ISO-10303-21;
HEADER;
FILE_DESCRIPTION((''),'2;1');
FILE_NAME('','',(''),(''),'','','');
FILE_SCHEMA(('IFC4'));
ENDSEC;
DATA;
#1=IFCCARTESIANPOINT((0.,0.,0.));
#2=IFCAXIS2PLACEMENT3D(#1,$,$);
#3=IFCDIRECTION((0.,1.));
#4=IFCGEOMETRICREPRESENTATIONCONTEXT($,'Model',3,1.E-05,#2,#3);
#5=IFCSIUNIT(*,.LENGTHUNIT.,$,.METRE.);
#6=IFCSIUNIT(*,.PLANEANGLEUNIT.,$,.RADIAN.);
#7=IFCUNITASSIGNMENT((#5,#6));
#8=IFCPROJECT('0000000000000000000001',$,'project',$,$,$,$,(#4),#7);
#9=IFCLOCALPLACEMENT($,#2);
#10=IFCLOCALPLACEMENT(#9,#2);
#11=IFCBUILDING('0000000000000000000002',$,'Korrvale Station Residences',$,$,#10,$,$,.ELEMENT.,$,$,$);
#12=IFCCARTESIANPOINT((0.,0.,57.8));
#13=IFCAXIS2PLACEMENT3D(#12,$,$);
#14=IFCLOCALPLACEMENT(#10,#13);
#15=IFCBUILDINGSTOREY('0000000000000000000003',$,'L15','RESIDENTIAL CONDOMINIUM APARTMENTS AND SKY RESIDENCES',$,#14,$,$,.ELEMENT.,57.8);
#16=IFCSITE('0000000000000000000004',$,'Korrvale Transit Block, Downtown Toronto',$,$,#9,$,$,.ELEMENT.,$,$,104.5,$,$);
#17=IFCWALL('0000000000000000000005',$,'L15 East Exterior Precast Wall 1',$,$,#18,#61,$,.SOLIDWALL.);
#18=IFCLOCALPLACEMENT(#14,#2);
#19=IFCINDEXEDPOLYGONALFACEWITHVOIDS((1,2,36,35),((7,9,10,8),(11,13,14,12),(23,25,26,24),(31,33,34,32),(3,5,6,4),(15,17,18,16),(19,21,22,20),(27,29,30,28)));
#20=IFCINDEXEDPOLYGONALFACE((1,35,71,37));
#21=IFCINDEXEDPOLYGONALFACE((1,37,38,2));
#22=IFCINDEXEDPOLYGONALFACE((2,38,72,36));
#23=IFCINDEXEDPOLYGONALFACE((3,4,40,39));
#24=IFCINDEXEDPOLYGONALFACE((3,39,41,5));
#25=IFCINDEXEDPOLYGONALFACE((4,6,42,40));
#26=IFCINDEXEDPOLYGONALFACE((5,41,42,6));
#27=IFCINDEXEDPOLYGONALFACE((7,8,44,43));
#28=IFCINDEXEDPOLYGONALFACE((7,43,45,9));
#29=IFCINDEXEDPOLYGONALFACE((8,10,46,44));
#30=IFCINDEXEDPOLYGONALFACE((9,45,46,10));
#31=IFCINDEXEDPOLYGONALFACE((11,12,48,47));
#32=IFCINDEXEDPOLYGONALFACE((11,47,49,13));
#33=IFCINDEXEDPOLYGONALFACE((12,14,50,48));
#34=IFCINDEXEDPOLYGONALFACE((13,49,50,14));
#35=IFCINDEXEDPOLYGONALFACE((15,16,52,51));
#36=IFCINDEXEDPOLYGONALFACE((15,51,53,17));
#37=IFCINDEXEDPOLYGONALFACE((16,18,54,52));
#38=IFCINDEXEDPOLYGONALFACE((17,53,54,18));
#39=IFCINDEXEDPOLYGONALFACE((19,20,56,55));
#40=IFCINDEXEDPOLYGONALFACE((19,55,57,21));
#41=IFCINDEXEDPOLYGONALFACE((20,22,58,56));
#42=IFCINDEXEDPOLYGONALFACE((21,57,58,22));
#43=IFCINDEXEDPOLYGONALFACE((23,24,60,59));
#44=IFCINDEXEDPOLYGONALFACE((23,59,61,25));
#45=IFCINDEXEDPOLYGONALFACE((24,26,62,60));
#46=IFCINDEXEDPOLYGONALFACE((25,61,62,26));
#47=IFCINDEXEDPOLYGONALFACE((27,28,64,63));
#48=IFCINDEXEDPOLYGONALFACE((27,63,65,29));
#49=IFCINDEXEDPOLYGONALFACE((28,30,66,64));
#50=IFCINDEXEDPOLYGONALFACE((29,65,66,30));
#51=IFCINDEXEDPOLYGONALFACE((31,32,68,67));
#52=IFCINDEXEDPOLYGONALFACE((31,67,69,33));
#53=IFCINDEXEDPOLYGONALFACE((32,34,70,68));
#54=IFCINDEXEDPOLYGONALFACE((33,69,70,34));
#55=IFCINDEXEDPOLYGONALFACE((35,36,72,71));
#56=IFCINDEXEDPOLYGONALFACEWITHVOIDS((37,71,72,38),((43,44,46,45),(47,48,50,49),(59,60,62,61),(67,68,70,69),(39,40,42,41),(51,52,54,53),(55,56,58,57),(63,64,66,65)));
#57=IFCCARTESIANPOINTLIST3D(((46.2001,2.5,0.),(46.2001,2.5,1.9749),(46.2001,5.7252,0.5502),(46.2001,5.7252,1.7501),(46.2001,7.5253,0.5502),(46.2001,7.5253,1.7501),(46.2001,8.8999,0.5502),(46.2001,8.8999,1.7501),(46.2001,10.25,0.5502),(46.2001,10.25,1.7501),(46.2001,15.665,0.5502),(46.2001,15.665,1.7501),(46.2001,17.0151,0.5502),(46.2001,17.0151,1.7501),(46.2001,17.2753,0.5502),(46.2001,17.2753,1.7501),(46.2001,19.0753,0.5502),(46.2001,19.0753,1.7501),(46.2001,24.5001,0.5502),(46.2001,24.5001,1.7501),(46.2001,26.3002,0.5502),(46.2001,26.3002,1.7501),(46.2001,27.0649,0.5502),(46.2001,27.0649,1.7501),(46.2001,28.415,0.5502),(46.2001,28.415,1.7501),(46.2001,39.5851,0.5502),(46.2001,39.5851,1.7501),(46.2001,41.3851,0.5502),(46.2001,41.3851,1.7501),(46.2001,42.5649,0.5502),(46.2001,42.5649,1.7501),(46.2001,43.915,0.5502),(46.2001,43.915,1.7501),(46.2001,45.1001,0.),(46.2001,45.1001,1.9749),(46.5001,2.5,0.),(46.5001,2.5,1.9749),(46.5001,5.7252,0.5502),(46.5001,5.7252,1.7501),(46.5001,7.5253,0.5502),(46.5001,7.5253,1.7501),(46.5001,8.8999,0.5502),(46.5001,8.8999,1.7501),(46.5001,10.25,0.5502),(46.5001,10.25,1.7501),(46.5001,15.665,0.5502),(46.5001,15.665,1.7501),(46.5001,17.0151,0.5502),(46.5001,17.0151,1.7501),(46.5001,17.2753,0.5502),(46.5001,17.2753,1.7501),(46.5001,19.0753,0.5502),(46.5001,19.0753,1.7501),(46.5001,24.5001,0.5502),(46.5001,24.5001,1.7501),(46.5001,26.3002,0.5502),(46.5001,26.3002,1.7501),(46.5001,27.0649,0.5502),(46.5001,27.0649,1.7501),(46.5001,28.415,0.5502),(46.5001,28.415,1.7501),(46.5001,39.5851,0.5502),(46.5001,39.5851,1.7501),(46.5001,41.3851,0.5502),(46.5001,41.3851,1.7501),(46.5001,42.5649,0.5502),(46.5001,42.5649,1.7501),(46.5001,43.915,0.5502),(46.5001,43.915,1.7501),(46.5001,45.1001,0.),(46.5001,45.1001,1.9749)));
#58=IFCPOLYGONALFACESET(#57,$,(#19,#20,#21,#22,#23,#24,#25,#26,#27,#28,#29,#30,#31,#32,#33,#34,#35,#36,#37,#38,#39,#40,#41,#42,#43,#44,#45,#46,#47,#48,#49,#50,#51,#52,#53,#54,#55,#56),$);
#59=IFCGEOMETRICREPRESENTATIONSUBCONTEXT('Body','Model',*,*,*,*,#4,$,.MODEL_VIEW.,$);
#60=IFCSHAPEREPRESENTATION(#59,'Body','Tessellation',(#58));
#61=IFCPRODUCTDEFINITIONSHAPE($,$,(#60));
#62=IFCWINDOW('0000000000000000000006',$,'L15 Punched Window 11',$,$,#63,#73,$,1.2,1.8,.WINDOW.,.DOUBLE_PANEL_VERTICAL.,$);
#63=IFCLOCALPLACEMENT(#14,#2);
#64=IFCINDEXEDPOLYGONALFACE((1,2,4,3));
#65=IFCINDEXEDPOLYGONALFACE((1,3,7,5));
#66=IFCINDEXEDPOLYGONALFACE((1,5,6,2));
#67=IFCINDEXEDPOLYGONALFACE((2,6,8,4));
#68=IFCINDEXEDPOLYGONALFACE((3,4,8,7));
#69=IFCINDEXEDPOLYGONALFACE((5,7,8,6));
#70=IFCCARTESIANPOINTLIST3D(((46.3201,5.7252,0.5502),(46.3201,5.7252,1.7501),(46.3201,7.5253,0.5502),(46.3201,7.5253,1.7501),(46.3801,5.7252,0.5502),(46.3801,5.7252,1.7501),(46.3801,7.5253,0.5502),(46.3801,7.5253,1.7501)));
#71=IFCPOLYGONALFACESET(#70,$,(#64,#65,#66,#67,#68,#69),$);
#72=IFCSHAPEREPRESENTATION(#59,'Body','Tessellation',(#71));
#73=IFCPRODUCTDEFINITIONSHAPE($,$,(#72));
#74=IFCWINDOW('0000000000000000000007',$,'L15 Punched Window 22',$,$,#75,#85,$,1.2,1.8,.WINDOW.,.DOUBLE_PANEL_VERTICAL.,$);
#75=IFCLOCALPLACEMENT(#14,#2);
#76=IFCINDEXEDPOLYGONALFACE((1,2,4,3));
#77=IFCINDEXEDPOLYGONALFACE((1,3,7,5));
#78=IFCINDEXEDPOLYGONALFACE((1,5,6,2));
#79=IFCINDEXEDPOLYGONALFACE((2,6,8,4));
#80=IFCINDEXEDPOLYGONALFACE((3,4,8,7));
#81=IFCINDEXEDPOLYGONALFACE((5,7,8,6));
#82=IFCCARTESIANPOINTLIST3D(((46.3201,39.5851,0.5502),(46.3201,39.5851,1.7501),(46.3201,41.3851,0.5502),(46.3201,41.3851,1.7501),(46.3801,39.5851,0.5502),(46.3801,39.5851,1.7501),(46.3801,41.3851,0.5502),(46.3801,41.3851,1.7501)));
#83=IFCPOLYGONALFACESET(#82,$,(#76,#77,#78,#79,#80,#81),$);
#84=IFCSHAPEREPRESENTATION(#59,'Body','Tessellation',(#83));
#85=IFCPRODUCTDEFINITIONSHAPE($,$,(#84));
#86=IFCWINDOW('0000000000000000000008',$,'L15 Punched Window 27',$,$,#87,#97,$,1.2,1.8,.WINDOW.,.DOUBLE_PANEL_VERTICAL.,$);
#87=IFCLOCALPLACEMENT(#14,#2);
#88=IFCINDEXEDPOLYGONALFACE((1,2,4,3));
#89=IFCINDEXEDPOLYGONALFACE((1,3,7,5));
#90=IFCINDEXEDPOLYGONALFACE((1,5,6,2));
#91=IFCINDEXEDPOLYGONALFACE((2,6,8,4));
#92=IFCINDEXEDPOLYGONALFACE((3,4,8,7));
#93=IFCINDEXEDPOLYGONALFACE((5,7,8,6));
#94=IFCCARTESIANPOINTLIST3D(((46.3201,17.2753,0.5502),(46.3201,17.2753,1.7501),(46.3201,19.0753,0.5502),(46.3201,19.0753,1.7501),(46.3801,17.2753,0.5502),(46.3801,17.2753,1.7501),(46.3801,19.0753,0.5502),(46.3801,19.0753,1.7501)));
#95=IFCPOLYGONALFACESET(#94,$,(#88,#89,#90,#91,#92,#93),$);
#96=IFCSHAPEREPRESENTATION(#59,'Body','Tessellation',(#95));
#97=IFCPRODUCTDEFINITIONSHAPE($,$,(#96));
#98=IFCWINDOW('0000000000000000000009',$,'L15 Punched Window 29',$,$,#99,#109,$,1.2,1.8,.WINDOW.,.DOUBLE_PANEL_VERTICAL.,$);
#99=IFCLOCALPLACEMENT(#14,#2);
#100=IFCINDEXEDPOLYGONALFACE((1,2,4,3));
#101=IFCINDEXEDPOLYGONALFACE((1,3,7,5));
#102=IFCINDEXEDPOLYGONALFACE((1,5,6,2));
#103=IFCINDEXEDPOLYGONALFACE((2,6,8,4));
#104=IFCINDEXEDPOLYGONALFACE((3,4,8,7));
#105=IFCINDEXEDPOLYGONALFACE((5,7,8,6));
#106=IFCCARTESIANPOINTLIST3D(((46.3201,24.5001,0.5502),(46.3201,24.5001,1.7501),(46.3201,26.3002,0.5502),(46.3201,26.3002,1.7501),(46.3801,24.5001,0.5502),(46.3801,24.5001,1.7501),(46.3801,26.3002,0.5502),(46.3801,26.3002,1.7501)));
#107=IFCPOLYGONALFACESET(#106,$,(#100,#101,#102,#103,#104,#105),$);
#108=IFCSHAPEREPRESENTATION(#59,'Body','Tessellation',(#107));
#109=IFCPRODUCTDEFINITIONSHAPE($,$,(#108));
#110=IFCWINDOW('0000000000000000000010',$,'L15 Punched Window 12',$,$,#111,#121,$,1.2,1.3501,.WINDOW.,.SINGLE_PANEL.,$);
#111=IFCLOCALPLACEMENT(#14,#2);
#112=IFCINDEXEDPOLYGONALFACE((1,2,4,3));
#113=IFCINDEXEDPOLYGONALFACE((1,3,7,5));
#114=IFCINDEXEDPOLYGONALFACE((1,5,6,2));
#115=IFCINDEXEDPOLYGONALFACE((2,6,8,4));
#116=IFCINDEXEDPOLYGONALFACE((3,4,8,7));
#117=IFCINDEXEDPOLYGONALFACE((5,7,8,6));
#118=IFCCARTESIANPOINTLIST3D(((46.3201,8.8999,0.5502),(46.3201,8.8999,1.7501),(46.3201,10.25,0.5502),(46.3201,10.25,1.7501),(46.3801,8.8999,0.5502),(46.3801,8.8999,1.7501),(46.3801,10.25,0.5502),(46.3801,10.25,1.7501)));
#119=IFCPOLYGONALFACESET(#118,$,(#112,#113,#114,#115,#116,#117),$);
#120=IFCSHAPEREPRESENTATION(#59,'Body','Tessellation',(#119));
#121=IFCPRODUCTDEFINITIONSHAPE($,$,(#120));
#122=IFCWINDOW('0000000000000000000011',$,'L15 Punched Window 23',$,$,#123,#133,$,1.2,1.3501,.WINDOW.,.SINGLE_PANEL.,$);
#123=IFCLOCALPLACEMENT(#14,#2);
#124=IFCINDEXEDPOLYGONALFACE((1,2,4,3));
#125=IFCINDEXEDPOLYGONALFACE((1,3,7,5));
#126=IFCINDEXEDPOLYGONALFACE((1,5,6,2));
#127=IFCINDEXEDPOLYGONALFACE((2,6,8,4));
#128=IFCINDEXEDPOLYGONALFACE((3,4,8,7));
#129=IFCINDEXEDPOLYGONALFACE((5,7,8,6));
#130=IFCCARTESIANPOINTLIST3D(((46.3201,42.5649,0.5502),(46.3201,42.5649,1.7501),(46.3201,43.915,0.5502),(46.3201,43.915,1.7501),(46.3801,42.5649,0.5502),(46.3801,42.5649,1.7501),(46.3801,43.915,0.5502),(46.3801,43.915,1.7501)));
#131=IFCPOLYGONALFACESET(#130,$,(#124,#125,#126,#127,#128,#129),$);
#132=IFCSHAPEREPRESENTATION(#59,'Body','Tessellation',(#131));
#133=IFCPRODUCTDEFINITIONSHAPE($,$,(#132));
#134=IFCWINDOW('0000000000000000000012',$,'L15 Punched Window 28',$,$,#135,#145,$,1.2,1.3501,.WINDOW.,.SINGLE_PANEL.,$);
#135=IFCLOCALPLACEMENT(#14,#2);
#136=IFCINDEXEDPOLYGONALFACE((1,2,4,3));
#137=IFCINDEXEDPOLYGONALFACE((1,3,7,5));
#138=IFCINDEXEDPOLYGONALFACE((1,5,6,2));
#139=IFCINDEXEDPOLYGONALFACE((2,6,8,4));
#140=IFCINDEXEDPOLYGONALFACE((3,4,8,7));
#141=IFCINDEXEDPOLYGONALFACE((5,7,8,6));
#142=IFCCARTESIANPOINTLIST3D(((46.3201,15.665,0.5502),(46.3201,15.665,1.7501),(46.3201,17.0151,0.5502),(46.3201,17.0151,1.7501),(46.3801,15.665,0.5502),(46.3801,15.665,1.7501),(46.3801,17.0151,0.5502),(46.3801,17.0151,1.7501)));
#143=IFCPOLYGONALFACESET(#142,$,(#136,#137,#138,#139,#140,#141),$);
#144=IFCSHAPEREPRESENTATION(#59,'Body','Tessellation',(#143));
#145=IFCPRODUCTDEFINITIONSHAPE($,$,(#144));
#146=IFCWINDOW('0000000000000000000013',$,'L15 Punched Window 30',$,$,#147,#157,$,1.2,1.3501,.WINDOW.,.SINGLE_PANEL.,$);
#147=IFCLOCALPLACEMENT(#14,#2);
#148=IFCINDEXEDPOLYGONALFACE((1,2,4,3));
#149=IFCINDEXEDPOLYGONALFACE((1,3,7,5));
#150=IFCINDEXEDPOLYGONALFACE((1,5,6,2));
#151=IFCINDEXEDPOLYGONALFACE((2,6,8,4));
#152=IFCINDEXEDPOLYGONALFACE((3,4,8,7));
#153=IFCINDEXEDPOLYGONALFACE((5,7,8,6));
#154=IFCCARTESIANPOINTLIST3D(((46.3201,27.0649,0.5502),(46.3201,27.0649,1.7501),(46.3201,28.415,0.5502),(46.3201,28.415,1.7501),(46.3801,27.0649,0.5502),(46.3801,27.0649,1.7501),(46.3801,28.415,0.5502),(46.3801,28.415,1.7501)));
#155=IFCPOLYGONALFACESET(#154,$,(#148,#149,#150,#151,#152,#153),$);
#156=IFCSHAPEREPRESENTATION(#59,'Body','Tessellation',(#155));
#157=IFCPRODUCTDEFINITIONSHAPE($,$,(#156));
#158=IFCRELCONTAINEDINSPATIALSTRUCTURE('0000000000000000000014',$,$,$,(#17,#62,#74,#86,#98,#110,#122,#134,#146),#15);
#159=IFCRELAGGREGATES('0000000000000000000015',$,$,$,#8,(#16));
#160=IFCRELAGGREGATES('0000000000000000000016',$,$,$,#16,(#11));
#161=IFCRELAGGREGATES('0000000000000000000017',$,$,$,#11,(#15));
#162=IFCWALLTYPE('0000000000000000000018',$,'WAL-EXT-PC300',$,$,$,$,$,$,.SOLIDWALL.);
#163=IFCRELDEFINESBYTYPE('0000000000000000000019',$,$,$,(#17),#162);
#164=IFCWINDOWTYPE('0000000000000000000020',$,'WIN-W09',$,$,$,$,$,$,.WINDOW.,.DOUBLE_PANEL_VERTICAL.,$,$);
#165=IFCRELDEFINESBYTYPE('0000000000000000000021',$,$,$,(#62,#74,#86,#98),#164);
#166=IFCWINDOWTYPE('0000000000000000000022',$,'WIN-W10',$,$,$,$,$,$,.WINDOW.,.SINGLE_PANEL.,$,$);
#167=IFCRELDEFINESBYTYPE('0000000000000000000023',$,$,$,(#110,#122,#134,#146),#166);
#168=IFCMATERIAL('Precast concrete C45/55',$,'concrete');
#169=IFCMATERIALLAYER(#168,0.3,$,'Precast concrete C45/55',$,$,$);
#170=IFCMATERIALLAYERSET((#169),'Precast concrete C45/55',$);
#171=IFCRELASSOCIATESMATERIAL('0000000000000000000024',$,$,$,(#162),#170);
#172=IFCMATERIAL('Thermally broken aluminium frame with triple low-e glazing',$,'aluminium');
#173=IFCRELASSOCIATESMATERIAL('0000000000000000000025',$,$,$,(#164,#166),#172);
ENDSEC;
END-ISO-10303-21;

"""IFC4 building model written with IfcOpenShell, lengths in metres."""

from ifc_helpers import new_model, si_unit, direction, frame, frame_2d, origin, place, context, subcontext, project, spatial, rectangle, extrude, material, layer, layer_set, type_object, element, fill, save


model = new_model("IFC4")

# Units and contexts
model_context = context("Model", 3, precision=1e-05, world=origin(), true_north=direction((0.0, 1.0)))
body_context = subcontext(model_context, "Body", "Model", "MODEL_VIEW")
ifc_project = project(units=[si_unit("LENGTHUNIT", "METRE"), si_unit("PLANEANGLEUNIT", "RADIAN")], contexts=[model_context])

# Site, building, storey
site_placement = place(None, origin())
site = spatial("IfcSite", under=ifc_project, at=site_placement, Name="Korrvale Transit Block, Downtown Toronto", CompositionType="ELEMENT", RefElevation=104.5)
building_placement = place(site_placement, origin())
building = spatial("IfcBuilding", under=site, at=building_placement, Name="Korrvale Station Residences", CompositionType="ELEMENT")
storey_placement = place(building_placement, frame((0.0, 0.0, 57.8)))
storey = spatial("IfcBuildingStorey", under=building, at=storey_placement, Name="L15", Description="RESIDENTIAL CONDOMINIUM APARTMENTS AND SKY RESIDENCES", CompositionType="ELEMENT", Elevation=57.8)

# Shared definitions
ifc_material_1 = material(Name="Precast concrete C45/55", Category="concrete")
ifc_layer_1 = layer(ifc_material_1, 0.3, Name="Precast concrete C45/55")
ifc_layer_set_1 = layer_set([ifc_layer_1], Name="Precast concrete C45/55")
wall_type_1 = type_object("IfcWallType", Name="WAL-EXT-PC300", PredefinedType="SOLIDWALL", material=ifc_layer_set_1)

# Wall, openings, windows
wall_1_placement = place(storey_placement, frame((46.3501, 45.1001, 0.0), z_axis=(0.0, 0.0, 1.0), x_axis=(0.0, -1.0, 0.0)))
wall_1 = element("IfcWall", 1, at=wall_1_placement, inside=storey, type_object=wall_type_1, Name="L15 East Exterior Precast Wall 1", PredefinedType="SOLIDWALL", context=body_context, shape_type="SweptSolid", body=[
    extrude(rectangle(XDim=42.6001, YDim=0.3, at=frame_2d((21.3, 0.0))), origin(), (0.0, 0.0, 1.0), 1.9749),
])
opening_1_placement = place(wall_1_placement, frame((37.575, 0.0, 0.55)))
opening_1 = element("IfcOpeningElement", 2, at=opening_1_placement, cuts=wall_1, PredefinedType="OPENING", context=body_context, shape_type="SweptSolid", body=[
    extrude(rectangle(XDim=1.8, YDim=1.2, at=frame_2d((0.8999, 0.6001))), frame((0.0, 0.1602, 0.0), z_axis=(0.0, -1.0, 0.0), x_axis=(1.0, 0.0, 0.0)), (0.0, 0.0, 1.0), 0.3201),
])
opening_2_placement = place(wall_1_placement, frame((34.8501, 0.0, 0.55)))
opening_2 = element("IfcOpeningElement", 3, at=opening_2_placement, cuts=wall_1, PredefinedType="OPENING", context=body_context, shape_type="SweptSolid", body=[
    extrude(rectangle(XDim=1.3501, YDim=1.2, at=frame_2d((0.675, 0.6001))), frame((0.0, 0.1602, 0.0), z_axis=(0.0, -1.0, 0.0), x_axis=(1.0, 0.0, 0.0)), (0.0, 0.0, 1.0), 0.3201),
])
opening_3_placement = place(wall_1_placement, frame((3.7151, 0.0, 0.55)))
opening_3 = element("IfcOpeningElement", 4, at=opening_3_placement, cuts=wall_1, PredefinedType="OPENING", context=body_context, shape_type="SweptSolid", body=[
    extrude(rectangle(XDim=1.8, YDim=1.2, at=frame_2d((0.8999, 0.6001))), frame((0.0, 0.1602, 0.0), z_axis=(0.0, -1.0, 0.0), x_axis=(1.0, 0.0, 0.0)), (0.0, 0.0, 1.0), 0.3201),
])
opening_4_placement = place(wall_1_placement, frame((1.1851, 0.0, 0.55)))
opening_4 = element("IfcOpeningElement", 5, at=opening_4_placement, cuts=wall_1, PredefinedType="OPENING", context=body_context, shape_type="SweptSolid", body=[
    extrude(rectangle(XDim=1.3501, YDim=1.2, at=frame_2d((0.675, 0.6001))), frame((0.0, 0.1602, 0.0), z_axis=(0.0, -1.0, 0.0), x_axis=(1.0, 0.0, 0.0)), (0.0, 0.0, 1.0), 0.3201),
])
opening_5_placement = place(wall_1_placement, frame((26.0249, 0.0, 0.55)))
opening_5 = element("IfcOpeningElement", 6, at=opening_5_placement, cuts=wall_1, PredefinedType="OPENING", context=body_context, shape_type="SweptSolid", body=[
    extrude(rectangle(XDim=1.8, YDim=1.2, at=frame_2d((0.8999, 0.6001))), frame((0.0, 0.1602, 0.0), z_axis=(0.0, -1.0, 0.0), x_axis=(1.0, 0.0, 0.0)), (0.0, 0.0, 1.0), 0.3201),
])
opening_6_placement = place(wall_1_placement, frame((28.085, 0.0, 0.55)))
opening_6 = element("IfcOpeningElement", 7, at=opening_6_placement, cuts=wall_1, PredefinedType="OPENING", context=body_context, shape_type="SweptSolid", body=[
    extrude(rectangle(XDim=1.3501, YDim=1.2, at=frame_2d((0.675, 0.6001))), frame((0.0, 0.1602, 0.0), z_axis=(0.0, -1.0, 0.0), x_axis=(1.0, 0.0, 0.0)), (0.0, 0.0, 1.0), 0.3201),
])
opening_7_placement = place(wall_1_placement, frame((18.8, 0.0, 0.55)))
opening_7 = element("IfcOpeningElement", 8, at=opening_7_placement, cuts=wall_1, PredefinedType="OPENING", context=body_context, shape_type="SweptSolid", body=[
    extrude(rectangle(XDim=1.8, YDim=1.2, at=frame_2d((0.8999, 0.6001))), frame((0.0, 0.1602, 0.0), z_axis=(0.0, -1.0, 0.0), x_axis=(1.0, 0.0, 0.0)), (0.0, 0.0, 1.0), 0.3201),
])
opening_8_placement = place(wall_1_placement, frame((16.6851, 0.0, 0.55)))
opening_8 = element("IfcOpeningElement", 9, at=opening_8_placement, cuts=wall_1, PredefinedType="OPENING", context=body_context, shape_type="SweptSolid", body=[
    extrude(rectangle(XDim=1.3501, YDim=1.2, at=frame_2d((0.675, 0.6001))), frame((0.0, 0.1602, 0.0), z_axis=(0.0, -1.0, 0.0), x_axis=(1.0, 0.0, 0.0)), (0.0, 0.0, 1.0), 0.3201),
])
ifc_material_2 = material(Name="Thermally broken aluminium frame with triple low-e glazing", Category="aluminium")
window_type_1 = type_object("IfcWindowType", Name="WIN-W09", PartitioningType="DOUBLE_PANEL_VERTICAL", PredefinedType="WINDOW", material=ifc_material_2)
window_1_placement = place(opening_1_placement, origin())
window_1 = element("IfcWindow", 10, at=window_1_placement, inside=storey, type_object=window_type_1, Name="L15 Punched Window 11", OverallHeight=1.2, OverallWidth=1.8, PartitioningType="DOUBLE_PANEL_VERTICAL", PredefinedType="WINDOW", context=body_context, shape_type="SweptSolid", body=[
    extrude(rectangle(XDim=1.8, YDim=1.2, at=frame_2d((0.8999, 0.6001))), frame((0.0, 0.03, 0.0), z_axis=(0.0, -1.0, 0.0), x_axis=(1.0, 0.0, 0.0)), (0.0, 0.0, 1.0), 0.0601),
])
fill(opening_1, window_1)
window_2_placement = place(opening_3_placement, origin())
window_2 = element("IfcWindow", 11, at=window_2_placement, inside=storey, type_object=window_type_1, Name="L15 Punched Window 22", OverallHeight=1.2, OverallWidth=1.8, PartitioningType="DOUBLE_PANEL_VERTICAL", PredefinedType="WINDOW", context=body_context, shape_type="SweptSolid", body=[
    extrude(rectangle(XDim=1.8, YDim=1.2, at=frame_2d((0.8999, 0.6001))), frame((0.0, 0.03, 0.0), z_axis=(0.0, -1.0, 0.0), x_axis=(1.0, 0.0, 0.0)), (0.0, 0.0, 1.0), 0.0601),
])
fill(opening_3, window_2)
window_3_placement = place(opening_5_placement, origin())
window_3 = element("IfcWindow", 12, at=window_3_placement, inside=storey, type_object=window_type_1, Name="L15 Punched Window 27", OverallHeight=1.2, OverallWidth=1.8, PartitioningType="DOUBLE_PANEL_VERTICAL", PredefinedType="WINDOW", context=body_context, shape_type="SweptSolid", body=[
    extrude(rectangle(XDim=1.8, YDim=1.2, at=frame_2d((0.8999, 0.6001))), frame((0.0, 0.03, 0.0), z_axis=(0.0, -1.0, 0.0), x_axis=(1.0, 0.0, 0.0)), (0.0, 0.0, 1.0), 0.0601),
])
fill(opening_5, window_3)
window_4_placement = place(opening_7_placement, origin())
window_4 = element("IfcWindow", 13, at=window_4_placement, inside=storey, type_object=window_type_1, Name="L15 Punched Window 29", OverallHeight=1.2, OverallWidth=1.8, PartitioningType="DOUBLE_PANEL_VERTICAL", PredefinedType="WINDOW", context=body_context, shape_type="SweptSolid", body=[
    extrude(rectangle(XDim=1.8, YDim=1.2, at=frame_2d((0.8999, 0.6001))), frame((0.0, 0.03, 0.0), z_axis=(0.0, -1.0, 0.0), x_axis=(1.0, 0.0, 0.0)), (0.0, 0.0, 1.0), 0.0601),
])
fill(opening_7, window_4)
window_type_2 = type_object("IfcWindowType", Name="WIN-W10", PartitioningType="SINGLE_PANEL", PredefinedType="WINDOW", material=ifc_material_2)
window_5_placement = place(opening_2_placement, origin())
window_5 = element("IfcWindow", 14, at=window_5_placement, inside=storey, type_object=window_type_2, Name="L15 Punched Window 12", OverallHeight=1.2, OverallWidth=1.3501, PartitioningType="SINGLE_PANEL", PredefinedType="WINDOW", context=body_context, shape_type="SweptSolid", body=[
    extrude(rectangle(XDim=1.3501, YDim=1.2, at=frame_2d((0.675, 0.6001))), frame((0.0, 0.03, 0.0), z_axis=(0.0, -1.0, 0.0), x_axis=(1.0, 0.0, 0.0)), (0.0, 0.0, 1.0), 0.0601),
])
fill(opening_2, window_5)
window_6_placement = place(opening_4_placement, origin())
window_6 = element("IfcWindow", 15, at=window_6_placement, inside=storey, type_object=window_type_2, Name="L15 Punched Window 23", OverallHeight=1.2, OverallWidth=1.3501, PartitioningType="SINGLE_PANEL", PredefinedType="WINDOW", context=body_context, shape_type="SweptSolid", body=[
    extrude(rectangle(XDim=1.3501, YDim=1.2, at=frame_2d((0.675, 0.6001))), frame((0.0, 0.03, 0.0), z_axis=(0.0, -1.0, 0.0), x_axis=(1.0, 0.0, 0.0)), (0.0, 0.0, 1.0), 0.0601),
])
fill(opening_4, window_6)
window_7_placement = place(opening_6_placement, origin())
window_7 = element("IfcWindow", 16, at=window_7_placement, inside=storey, type_object=window_type_2, Name="L15 Punched Window 28", OverallHeight=1.2, OverallWidth=1.3501, PartitioningType="SINGLE_PANEL", PredefinedType="WINDOW", context=body_context, shape_type="SweptSolid", body=[
    extrude(rectangle(XDim=1.3501, YDim=1.2, at=frame_2d((0.675, 0.6001))), frame((0.0, 0.03, 0.0), z_axis=(0.0, -1.0, 0.0), x_axis=(1.0, 0.0, 0.0)), (0.0, 0.0, 1.0), 0.0601),
])
fill(opening_6, window_7)
window_8_placement = place(opening_8_placement, origin())
window_8 = element("IfcWindow", 17, at=window_8_placement, inside=storey, type_object=window_type_2, Name="L15 Punched Window 30", OverallHeight=1.2, OverallWidth=1.3501, PartitioningType="SINGLE_PANEL", PredefinedType="WINDOW", context=body_context, shape_type="SweptSolid", body=[
    extrude(rectangle(XDim=1.3501, YDim=1.2, at=frame_2d((0.675, 0.6001))), frame((0.0, 0.03, 0.0), z_axis=(0.0, -1.0, 0.0), x_axis=(1.0, 0.0, 0.0)), (0.0, 0.0, 1.0), 0.0601),
])
fill(opening_8, window_8)

save(model, "model.ifc")
